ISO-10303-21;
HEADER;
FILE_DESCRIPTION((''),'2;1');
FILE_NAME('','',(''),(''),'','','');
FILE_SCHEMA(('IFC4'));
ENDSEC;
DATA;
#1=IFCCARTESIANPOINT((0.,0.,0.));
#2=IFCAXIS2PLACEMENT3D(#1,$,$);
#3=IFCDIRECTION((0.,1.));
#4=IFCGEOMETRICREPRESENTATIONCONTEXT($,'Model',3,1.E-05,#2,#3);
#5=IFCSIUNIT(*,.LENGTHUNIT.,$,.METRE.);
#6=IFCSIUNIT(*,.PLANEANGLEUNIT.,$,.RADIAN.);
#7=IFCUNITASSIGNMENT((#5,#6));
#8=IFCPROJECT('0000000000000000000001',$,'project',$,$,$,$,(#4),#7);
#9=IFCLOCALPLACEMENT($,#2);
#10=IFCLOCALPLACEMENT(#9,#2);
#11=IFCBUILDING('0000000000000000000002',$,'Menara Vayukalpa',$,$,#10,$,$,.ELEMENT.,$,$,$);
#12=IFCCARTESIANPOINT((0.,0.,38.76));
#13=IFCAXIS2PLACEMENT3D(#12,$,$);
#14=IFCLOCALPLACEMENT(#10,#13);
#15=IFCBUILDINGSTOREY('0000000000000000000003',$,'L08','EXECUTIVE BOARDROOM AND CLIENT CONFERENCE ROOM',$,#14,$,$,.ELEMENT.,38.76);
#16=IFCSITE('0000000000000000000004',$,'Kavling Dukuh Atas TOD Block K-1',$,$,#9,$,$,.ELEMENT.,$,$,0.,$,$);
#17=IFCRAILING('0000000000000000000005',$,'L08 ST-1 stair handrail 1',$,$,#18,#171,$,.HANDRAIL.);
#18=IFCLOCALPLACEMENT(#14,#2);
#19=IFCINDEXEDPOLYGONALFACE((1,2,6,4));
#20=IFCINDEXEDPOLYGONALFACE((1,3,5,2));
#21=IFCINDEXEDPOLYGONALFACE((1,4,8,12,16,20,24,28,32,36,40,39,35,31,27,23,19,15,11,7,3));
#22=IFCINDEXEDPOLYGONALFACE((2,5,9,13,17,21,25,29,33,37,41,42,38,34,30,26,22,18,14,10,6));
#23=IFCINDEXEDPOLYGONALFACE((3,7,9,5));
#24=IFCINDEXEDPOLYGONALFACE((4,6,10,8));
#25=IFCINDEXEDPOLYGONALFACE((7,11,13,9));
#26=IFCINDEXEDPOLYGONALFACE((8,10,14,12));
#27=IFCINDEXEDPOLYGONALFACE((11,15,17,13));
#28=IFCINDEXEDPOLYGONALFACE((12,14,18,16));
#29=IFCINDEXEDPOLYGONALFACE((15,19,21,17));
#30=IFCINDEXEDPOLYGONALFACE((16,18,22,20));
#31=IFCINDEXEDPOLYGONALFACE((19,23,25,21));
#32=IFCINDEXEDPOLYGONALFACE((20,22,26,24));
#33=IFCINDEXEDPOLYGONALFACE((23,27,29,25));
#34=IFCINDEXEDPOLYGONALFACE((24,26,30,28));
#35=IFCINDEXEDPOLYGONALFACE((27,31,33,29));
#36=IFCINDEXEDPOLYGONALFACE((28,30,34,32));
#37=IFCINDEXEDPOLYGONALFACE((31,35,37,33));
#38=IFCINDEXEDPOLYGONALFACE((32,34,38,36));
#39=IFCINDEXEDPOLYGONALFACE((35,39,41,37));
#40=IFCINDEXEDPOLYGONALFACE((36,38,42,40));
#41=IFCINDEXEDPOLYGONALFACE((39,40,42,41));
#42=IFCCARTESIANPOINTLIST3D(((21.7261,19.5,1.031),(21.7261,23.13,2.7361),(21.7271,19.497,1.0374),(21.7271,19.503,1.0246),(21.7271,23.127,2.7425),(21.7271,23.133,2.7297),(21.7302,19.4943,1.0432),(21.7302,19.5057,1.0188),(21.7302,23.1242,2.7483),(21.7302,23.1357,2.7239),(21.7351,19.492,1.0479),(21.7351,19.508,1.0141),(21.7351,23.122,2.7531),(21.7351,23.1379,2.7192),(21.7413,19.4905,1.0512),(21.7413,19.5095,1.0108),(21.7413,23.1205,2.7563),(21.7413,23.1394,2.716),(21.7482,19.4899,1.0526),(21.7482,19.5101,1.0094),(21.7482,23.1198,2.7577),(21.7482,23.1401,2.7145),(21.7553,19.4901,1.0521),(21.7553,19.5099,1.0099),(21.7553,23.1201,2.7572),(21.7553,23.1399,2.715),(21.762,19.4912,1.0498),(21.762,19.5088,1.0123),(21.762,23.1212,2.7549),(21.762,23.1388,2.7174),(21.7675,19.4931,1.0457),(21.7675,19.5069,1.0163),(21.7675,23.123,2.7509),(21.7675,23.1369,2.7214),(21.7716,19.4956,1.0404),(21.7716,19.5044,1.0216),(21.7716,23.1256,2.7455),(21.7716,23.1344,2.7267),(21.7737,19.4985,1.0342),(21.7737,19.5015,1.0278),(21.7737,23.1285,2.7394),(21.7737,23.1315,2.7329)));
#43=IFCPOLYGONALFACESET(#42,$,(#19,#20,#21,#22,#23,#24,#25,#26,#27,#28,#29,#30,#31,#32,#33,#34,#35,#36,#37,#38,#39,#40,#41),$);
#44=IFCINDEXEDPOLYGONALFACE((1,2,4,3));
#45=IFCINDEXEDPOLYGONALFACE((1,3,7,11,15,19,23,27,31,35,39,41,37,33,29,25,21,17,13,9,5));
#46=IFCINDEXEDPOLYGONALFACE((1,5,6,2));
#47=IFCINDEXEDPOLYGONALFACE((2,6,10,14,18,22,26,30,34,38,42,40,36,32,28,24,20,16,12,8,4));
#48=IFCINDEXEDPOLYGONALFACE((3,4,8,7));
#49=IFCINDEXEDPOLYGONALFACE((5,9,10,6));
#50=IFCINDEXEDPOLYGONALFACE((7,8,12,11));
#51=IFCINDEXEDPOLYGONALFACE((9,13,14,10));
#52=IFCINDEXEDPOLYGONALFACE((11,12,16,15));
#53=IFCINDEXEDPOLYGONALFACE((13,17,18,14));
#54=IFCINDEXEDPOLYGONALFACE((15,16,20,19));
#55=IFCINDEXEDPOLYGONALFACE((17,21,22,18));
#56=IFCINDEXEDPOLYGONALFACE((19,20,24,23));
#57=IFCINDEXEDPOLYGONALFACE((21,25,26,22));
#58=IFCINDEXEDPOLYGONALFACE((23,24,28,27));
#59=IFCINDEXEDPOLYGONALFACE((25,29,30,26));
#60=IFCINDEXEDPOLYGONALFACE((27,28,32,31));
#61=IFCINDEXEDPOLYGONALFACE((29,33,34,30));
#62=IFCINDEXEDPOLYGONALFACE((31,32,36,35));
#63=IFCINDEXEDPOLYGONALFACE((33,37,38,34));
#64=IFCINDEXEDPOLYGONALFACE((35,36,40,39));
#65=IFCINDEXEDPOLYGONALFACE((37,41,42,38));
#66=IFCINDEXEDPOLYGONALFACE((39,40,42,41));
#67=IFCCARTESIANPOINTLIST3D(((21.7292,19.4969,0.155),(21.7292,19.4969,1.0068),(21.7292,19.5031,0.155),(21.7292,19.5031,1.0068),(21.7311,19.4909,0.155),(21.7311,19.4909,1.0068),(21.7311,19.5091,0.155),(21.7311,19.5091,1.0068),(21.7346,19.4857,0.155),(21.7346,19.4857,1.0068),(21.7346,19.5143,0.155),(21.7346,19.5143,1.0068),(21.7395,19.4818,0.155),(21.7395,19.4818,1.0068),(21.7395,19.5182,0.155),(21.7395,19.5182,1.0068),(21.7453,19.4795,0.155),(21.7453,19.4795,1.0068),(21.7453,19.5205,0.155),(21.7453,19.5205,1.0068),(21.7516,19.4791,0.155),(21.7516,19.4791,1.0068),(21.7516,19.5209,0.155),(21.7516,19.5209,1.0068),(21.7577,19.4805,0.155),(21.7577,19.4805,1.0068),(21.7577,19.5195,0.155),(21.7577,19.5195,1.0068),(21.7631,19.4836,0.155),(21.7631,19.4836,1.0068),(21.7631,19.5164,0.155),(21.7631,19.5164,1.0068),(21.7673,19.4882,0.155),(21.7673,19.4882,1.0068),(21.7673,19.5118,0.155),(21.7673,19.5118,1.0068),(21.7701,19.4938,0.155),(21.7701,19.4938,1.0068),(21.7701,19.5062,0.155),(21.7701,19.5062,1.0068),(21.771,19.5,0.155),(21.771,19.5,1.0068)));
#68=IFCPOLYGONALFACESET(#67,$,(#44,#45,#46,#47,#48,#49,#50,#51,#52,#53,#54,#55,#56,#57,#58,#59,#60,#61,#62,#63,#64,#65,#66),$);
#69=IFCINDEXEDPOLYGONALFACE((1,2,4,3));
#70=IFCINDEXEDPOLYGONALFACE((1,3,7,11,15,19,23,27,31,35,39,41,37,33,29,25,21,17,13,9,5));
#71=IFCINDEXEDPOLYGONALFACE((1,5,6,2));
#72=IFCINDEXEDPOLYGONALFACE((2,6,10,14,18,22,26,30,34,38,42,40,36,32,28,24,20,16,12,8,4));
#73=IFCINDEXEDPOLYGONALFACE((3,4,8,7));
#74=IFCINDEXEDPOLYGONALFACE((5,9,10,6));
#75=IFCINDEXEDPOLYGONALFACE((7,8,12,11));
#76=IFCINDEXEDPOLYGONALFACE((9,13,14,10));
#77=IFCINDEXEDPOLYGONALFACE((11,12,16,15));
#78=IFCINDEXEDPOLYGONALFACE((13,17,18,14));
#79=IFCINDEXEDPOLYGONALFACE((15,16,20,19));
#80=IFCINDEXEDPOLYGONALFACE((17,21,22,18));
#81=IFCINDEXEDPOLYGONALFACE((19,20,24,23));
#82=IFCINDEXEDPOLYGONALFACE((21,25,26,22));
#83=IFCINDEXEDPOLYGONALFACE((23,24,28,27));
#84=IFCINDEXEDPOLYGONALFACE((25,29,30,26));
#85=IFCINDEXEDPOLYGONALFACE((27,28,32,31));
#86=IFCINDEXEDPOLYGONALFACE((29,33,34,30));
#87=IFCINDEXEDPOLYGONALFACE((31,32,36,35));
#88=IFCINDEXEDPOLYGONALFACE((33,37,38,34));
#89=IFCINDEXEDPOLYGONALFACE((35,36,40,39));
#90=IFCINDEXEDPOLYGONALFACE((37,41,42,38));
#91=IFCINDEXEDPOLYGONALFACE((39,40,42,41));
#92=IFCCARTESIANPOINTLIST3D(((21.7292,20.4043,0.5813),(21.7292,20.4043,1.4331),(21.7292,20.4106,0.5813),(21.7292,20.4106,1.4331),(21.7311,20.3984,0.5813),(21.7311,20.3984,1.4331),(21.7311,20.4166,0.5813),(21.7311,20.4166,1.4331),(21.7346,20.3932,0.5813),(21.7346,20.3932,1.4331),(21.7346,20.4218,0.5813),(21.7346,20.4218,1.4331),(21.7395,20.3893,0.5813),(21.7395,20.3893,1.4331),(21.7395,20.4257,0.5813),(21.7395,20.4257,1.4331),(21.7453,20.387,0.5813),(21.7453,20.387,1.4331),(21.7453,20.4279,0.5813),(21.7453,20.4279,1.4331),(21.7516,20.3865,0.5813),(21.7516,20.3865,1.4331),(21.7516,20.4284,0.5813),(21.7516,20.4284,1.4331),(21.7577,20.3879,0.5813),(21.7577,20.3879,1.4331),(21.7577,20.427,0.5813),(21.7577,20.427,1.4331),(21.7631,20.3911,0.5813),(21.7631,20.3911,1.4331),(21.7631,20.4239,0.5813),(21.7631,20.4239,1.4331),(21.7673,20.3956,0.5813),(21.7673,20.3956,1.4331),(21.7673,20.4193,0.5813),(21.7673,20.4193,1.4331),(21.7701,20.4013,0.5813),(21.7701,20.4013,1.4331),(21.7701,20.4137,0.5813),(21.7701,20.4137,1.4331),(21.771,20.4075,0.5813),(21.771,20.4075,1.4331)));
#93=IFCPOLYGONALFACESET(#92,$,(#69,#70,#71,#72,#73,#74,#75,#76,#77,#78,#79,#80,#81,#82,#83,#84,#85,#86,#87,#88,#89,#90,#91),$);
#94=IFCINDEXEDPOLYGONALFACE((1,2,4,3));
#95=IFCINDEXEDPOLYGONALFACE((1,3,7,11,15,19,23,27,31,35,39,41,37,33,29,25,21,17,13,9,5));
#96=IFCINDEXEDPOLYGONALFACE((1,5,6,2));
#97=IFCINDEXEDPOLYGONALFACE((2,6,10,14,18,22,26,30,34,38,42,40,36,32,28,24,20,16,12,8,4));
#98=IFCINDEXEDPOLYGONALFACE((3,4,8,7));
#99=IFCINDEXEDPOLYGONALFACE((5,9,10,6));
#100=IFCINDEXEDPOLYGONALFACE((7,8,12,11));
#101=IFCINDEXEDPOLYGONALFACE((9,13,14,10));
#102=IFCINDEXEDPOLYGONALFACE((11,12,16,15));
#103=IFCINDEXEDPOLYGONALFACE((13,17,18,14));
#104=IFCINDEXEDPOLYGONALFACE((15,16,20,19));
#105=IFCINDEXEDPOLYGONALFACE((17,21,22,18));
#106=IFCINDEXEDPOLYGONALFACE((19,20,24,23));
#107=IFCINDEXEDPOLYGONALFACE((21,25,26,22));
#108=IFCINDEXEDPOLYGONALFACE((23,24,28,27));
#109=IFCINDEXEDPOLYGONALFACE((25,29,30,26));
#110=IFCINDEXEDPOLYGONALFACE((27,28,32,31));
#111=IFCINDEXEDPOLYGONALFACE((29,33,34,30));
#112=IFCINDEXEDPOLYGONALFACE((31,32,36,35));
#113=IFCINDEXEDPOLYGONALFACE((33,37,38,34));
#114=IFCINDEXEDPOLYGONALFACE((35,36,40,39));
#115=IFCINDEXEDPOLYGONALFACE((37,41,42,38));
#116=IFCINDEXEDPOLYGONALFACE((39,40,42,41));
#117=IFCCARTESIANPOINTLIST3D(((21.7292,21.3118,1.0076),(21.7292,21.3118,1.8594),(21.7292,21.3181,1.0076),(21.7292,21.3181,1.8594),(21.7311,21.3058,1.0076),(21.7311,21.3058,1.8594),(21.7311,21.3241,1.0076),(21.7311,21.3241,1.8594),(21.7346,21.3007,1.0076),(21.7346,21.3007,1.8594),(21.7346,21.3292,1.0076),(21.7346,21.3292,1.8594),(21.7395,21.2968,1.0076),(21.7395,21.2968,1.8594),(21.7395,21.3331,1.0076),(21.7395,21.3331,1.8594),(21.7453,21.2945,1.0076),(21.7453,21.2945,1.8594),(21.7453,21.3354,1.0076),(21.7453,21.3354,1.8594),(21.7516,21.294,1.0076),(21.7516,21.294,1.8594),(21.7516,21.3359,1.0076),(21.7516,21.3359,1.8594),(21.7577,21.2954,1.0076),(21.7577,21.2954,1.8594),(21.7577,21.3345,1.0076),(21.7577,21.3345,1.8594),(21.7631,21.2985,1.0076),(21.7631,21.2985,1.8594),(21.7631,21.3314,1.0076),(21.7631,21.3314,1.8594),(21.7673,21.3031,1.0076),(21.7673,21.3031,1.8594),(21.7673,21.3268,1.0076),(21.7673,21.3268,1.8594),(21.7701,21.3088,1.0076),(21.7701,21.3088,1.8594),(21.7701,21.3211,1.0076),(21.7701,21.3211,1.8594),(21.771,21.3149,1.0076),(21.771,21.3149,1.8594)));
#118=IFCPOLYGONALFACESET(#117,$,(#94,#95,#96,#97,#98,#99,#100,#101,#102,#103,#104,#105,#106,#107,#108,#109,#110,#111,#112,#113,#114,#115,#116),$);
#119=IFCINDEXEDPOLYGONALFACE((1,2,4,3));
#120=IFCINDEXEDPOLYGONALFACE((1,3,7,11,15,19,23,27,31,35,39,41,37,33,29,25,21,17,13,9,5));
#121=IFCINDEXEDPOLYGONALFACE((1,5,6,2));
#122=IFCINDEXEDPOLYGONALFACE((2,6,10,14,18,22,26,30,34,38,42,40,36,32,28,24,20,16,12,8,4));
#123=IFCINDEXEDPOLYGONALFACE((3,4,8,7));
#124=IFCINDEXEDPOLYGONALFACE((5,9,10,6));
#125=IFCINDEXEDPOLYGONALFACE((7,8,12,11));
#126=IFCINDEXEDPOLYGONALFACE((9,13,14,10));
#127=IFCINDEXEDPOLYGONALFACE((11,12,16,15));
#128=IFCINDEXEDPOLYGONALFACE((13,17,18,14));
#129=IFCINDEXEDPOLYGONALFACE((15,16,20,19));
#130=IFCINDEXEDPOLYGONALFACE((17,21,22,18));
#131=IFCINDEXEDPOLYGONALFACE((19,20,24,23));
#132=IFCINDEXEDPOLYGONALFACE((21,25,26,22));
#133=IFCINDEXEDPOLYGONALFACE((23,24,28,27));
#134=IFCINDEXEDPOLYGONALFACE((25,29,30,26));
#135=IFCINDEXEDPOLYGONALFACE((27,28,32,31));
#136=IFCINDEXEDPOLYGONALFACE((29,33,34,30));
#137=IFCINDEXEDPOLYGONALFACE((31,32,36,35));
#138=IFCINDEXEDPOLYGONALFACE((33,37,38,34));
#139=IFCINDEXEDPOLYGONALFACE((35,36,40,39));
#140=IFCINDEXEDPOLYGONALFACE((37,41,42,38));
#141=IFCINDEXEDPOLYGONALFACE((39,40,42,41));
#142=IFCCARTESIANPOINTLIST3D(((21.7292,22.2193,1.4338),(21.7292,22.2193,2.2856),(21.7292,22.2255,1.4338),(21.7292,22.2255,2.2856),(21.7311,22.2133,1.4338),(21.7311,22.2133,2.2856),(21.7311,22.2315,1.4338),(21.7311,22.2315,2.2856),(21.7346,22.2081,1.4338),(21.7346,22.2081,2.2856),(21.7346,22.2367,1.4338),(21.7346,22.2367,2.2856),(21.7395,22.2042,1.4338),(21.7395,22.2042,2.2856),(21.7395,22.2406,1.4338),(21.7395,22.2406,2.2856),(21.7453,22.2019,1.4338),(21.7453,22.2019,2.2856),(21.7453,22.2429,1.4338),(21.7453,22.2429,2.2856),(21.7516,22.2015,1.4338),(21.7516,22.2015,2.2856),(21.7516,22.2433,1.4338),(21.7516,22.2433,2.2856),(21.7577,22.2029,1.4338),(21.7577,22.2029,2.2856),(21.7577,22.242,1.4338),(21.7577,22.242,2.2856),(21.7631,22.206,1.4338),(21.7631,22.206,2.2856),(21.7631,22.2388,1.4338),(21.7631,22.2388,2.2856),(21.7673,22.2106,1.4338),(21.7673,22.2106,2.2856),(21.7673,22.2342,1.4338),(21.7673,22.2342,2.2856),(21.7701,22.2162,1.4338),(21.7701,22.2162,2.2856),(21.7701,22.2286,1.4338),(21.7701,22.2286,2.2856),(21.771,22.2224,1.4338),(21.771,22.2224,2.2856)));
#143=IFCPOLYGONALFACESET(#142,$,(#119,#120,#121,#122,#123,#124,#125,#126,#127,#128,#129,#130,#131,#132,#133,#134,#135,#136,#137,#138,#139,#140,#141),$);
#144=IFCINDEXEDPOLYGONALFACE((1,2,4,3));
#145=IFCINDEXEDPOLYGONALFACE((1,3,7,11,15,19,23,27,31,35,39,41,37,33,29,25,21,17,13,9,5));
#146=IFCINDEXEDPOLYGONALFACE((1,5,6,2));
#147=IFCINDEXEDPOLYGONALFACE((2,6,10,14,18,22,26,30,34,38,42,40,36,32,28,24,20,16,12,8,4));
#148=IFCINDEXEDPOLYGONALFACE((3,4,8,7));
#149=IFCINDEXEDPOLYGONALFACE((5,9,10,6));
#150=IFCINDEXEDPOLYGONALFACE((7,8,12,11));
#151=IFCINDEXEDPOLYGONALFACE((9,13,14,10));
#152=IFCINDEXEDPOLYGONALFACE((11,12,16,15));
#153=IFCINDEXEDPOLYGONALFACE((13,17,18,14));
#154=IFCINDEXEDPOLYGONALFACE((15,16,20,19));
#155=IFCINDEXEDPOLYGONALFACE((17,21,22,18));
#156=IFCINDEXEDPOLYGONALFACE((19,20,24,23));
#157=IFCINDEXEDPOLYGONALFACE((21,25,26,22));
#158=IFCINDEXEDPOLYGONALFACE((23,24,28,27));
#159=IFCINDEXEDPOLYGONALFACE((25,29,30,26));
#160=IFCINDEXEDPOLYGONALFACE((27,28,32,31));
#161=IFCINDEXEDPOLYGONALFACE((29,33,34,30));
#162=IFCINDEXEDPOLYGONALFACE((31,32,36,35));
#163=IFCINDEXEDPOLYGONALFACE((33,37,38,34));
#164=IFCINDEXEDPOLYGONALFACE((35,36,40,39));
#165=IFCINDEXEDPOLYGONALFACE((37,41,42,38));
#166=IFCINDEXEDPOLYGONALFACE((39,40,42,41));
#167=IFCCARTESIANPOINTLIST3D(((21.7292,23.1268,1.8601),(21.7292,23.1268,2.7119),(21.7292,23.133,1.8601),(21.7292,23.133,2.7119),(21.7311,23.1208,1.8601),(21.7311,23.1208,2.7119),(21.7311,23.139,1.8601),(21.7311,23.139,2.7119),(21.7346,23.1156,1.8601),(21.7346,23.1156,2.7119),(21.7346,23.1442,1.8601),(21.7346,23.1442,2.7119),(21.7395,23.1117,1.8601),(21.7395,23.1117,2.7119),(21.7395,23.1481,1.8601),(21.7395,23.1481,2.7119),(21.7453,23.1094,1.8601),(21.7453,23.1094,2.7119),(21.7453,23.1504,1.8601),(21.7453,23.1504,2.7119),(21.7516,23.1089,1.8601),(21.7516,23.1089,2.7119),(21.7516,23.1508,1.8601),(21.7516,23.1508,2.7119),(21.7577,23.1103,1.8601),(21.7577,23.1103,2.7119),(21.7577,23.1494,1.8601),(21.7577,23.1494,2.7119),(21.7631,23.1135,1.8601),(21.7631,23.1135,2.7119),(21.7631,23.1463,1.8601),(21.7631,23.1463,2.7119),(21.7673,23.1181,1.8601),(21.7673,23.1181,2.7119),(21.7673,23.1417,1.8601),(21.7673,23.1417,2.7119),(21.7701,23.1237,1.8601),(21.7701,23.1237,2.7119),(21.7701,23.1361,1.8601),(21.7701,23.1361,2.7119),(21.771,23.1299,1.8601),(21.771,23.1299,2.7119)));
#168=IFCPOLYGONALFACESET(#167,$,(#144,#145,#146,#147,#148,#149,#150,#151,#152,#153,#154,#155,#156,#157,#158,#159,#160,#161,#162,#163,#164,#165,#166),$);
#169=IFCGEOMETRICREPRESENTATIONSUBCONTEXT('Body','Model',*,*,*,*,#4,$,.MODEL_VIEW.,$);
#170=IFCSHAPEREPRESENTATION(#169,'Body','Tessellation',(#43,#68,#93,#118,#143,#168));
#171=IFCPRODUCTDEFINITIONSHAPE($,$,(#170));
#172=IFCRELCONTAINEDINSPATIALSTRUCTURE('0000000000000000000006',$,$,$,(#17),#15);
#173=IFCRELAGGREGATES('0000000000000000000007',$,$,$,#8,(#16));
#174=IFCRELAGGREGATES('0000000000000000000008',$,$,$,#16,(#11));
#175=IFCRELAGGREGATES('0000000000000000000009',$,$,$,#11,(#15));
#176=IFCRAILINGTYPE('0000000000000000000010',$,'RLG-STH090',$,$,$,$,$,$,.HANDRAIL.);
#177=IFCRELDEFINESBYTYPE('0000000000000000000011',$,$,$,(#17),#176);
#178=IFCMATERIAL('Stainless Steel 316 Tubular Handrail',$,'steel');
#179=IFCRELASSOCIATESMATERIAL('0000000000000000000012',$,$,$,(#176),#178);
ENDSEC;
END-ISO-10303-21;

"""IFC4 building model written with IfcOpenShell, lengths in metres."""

from ifc_helpers import new_model, si_unit, direction, frame, origin, origin_2d, place, context, subcontext, project, spatial, circle, extrude, material, type_object, element, save


model = new_model("IFC4")

# Units and contexts
model_context = context("Model", 3, precision=1e-05, world=origin(), true_north=direction((0.0, 1.0)))
body_context = subcontext(model_context, "Body", "Model", "MODEL_VIEW")
ifc_project = project(units=[si_unit("LENGTHUNIT", "METRE"), si_unit("PLANEANGLEUNIT", "RADIAN")], contexts=[model_context])

# Site, building, storey
site_placement = place(None, origin())
site = spatial("IfcSite", under=ifc_project, at=site_placement, Name="Kavling Dukuh Atas TOD Block K-1", CompositionType="ELEMENT", RefElevation=0.0)
building_placement = place(site_placement, origin())
building = spatial("IfcBuilding", under=site, at=building_placement, Name="Menara Vayukalpa", CompositionType="ELEMENT")
storey_placement = place(building_placement, frame((0.0, 0.0, 38.76)))
storey = spatial("IfcBuildingStorey", under=building, at=storey_placement, Name="L08", Description="EXECUTIVE BOARDROOM AND CLIENT CONFERENCE ROOM", CompositionType="ELEMENT", Elevation=38.76)

# Railing
ifc_material_1 = material(Name="Stainless Steel 316 Tubular Handrail", Category="steel")
railing_type_1 = type_object("IfcRailingType", Name="RLG-STH090", PredefinedType="HANDRAIL", material=ifc_material_1)
railing_1_placement = place(storey_placement, frame((21.75, 19.5, 0.155)))
element("IfcRailing", 1, at=railing_1_placement, inside=storey, type_object=railing_type_1, Name="L08 ST-1 stair handrail 1", PredefinedType="HANDRAIL", context=body_context, shape_type="SweptSolid", body=[
    extrude(circle(Radius=0.0239, at=origin_2d()), frame((0.0, 0.0, 0.876), z_axis=(0.0, 0.905116, 0.425164), x_axis=(-1.0, 0.0, 0.0)), (0.0, 0.0, 1.0), 4.0105),
    extrude(circle(Radius=0.021, at=origin_2d()), origin(), (0.0, 0.0, 1.0), 0.8518),
    extrude(circle(Radius=0.021, at=origin_2d()), frame((0.0, 0.9075, 0.4263)), (0.0, 0.0, 1.0), 0.8518),
    extrude(circle(Radius=0.021, at=origin_2d()), frame((0.0, 1.8149, 0.8525)), (0.0, 0.0, 1.0), 0.8518),
    extrude(circle(Radius=0.021, at=origin_2d()), frame((0.0, 2.7224, 1.2788)), (0.0, 0.0, 1.0), 0.8518),
    extrude(circle(Radius=0.021, at=origin_2d()), frame((0.0, 3.6299, 1.7051)), (0.0, 0.0, 1.0), 0.8518),
])

save(model, "model.ifc")
